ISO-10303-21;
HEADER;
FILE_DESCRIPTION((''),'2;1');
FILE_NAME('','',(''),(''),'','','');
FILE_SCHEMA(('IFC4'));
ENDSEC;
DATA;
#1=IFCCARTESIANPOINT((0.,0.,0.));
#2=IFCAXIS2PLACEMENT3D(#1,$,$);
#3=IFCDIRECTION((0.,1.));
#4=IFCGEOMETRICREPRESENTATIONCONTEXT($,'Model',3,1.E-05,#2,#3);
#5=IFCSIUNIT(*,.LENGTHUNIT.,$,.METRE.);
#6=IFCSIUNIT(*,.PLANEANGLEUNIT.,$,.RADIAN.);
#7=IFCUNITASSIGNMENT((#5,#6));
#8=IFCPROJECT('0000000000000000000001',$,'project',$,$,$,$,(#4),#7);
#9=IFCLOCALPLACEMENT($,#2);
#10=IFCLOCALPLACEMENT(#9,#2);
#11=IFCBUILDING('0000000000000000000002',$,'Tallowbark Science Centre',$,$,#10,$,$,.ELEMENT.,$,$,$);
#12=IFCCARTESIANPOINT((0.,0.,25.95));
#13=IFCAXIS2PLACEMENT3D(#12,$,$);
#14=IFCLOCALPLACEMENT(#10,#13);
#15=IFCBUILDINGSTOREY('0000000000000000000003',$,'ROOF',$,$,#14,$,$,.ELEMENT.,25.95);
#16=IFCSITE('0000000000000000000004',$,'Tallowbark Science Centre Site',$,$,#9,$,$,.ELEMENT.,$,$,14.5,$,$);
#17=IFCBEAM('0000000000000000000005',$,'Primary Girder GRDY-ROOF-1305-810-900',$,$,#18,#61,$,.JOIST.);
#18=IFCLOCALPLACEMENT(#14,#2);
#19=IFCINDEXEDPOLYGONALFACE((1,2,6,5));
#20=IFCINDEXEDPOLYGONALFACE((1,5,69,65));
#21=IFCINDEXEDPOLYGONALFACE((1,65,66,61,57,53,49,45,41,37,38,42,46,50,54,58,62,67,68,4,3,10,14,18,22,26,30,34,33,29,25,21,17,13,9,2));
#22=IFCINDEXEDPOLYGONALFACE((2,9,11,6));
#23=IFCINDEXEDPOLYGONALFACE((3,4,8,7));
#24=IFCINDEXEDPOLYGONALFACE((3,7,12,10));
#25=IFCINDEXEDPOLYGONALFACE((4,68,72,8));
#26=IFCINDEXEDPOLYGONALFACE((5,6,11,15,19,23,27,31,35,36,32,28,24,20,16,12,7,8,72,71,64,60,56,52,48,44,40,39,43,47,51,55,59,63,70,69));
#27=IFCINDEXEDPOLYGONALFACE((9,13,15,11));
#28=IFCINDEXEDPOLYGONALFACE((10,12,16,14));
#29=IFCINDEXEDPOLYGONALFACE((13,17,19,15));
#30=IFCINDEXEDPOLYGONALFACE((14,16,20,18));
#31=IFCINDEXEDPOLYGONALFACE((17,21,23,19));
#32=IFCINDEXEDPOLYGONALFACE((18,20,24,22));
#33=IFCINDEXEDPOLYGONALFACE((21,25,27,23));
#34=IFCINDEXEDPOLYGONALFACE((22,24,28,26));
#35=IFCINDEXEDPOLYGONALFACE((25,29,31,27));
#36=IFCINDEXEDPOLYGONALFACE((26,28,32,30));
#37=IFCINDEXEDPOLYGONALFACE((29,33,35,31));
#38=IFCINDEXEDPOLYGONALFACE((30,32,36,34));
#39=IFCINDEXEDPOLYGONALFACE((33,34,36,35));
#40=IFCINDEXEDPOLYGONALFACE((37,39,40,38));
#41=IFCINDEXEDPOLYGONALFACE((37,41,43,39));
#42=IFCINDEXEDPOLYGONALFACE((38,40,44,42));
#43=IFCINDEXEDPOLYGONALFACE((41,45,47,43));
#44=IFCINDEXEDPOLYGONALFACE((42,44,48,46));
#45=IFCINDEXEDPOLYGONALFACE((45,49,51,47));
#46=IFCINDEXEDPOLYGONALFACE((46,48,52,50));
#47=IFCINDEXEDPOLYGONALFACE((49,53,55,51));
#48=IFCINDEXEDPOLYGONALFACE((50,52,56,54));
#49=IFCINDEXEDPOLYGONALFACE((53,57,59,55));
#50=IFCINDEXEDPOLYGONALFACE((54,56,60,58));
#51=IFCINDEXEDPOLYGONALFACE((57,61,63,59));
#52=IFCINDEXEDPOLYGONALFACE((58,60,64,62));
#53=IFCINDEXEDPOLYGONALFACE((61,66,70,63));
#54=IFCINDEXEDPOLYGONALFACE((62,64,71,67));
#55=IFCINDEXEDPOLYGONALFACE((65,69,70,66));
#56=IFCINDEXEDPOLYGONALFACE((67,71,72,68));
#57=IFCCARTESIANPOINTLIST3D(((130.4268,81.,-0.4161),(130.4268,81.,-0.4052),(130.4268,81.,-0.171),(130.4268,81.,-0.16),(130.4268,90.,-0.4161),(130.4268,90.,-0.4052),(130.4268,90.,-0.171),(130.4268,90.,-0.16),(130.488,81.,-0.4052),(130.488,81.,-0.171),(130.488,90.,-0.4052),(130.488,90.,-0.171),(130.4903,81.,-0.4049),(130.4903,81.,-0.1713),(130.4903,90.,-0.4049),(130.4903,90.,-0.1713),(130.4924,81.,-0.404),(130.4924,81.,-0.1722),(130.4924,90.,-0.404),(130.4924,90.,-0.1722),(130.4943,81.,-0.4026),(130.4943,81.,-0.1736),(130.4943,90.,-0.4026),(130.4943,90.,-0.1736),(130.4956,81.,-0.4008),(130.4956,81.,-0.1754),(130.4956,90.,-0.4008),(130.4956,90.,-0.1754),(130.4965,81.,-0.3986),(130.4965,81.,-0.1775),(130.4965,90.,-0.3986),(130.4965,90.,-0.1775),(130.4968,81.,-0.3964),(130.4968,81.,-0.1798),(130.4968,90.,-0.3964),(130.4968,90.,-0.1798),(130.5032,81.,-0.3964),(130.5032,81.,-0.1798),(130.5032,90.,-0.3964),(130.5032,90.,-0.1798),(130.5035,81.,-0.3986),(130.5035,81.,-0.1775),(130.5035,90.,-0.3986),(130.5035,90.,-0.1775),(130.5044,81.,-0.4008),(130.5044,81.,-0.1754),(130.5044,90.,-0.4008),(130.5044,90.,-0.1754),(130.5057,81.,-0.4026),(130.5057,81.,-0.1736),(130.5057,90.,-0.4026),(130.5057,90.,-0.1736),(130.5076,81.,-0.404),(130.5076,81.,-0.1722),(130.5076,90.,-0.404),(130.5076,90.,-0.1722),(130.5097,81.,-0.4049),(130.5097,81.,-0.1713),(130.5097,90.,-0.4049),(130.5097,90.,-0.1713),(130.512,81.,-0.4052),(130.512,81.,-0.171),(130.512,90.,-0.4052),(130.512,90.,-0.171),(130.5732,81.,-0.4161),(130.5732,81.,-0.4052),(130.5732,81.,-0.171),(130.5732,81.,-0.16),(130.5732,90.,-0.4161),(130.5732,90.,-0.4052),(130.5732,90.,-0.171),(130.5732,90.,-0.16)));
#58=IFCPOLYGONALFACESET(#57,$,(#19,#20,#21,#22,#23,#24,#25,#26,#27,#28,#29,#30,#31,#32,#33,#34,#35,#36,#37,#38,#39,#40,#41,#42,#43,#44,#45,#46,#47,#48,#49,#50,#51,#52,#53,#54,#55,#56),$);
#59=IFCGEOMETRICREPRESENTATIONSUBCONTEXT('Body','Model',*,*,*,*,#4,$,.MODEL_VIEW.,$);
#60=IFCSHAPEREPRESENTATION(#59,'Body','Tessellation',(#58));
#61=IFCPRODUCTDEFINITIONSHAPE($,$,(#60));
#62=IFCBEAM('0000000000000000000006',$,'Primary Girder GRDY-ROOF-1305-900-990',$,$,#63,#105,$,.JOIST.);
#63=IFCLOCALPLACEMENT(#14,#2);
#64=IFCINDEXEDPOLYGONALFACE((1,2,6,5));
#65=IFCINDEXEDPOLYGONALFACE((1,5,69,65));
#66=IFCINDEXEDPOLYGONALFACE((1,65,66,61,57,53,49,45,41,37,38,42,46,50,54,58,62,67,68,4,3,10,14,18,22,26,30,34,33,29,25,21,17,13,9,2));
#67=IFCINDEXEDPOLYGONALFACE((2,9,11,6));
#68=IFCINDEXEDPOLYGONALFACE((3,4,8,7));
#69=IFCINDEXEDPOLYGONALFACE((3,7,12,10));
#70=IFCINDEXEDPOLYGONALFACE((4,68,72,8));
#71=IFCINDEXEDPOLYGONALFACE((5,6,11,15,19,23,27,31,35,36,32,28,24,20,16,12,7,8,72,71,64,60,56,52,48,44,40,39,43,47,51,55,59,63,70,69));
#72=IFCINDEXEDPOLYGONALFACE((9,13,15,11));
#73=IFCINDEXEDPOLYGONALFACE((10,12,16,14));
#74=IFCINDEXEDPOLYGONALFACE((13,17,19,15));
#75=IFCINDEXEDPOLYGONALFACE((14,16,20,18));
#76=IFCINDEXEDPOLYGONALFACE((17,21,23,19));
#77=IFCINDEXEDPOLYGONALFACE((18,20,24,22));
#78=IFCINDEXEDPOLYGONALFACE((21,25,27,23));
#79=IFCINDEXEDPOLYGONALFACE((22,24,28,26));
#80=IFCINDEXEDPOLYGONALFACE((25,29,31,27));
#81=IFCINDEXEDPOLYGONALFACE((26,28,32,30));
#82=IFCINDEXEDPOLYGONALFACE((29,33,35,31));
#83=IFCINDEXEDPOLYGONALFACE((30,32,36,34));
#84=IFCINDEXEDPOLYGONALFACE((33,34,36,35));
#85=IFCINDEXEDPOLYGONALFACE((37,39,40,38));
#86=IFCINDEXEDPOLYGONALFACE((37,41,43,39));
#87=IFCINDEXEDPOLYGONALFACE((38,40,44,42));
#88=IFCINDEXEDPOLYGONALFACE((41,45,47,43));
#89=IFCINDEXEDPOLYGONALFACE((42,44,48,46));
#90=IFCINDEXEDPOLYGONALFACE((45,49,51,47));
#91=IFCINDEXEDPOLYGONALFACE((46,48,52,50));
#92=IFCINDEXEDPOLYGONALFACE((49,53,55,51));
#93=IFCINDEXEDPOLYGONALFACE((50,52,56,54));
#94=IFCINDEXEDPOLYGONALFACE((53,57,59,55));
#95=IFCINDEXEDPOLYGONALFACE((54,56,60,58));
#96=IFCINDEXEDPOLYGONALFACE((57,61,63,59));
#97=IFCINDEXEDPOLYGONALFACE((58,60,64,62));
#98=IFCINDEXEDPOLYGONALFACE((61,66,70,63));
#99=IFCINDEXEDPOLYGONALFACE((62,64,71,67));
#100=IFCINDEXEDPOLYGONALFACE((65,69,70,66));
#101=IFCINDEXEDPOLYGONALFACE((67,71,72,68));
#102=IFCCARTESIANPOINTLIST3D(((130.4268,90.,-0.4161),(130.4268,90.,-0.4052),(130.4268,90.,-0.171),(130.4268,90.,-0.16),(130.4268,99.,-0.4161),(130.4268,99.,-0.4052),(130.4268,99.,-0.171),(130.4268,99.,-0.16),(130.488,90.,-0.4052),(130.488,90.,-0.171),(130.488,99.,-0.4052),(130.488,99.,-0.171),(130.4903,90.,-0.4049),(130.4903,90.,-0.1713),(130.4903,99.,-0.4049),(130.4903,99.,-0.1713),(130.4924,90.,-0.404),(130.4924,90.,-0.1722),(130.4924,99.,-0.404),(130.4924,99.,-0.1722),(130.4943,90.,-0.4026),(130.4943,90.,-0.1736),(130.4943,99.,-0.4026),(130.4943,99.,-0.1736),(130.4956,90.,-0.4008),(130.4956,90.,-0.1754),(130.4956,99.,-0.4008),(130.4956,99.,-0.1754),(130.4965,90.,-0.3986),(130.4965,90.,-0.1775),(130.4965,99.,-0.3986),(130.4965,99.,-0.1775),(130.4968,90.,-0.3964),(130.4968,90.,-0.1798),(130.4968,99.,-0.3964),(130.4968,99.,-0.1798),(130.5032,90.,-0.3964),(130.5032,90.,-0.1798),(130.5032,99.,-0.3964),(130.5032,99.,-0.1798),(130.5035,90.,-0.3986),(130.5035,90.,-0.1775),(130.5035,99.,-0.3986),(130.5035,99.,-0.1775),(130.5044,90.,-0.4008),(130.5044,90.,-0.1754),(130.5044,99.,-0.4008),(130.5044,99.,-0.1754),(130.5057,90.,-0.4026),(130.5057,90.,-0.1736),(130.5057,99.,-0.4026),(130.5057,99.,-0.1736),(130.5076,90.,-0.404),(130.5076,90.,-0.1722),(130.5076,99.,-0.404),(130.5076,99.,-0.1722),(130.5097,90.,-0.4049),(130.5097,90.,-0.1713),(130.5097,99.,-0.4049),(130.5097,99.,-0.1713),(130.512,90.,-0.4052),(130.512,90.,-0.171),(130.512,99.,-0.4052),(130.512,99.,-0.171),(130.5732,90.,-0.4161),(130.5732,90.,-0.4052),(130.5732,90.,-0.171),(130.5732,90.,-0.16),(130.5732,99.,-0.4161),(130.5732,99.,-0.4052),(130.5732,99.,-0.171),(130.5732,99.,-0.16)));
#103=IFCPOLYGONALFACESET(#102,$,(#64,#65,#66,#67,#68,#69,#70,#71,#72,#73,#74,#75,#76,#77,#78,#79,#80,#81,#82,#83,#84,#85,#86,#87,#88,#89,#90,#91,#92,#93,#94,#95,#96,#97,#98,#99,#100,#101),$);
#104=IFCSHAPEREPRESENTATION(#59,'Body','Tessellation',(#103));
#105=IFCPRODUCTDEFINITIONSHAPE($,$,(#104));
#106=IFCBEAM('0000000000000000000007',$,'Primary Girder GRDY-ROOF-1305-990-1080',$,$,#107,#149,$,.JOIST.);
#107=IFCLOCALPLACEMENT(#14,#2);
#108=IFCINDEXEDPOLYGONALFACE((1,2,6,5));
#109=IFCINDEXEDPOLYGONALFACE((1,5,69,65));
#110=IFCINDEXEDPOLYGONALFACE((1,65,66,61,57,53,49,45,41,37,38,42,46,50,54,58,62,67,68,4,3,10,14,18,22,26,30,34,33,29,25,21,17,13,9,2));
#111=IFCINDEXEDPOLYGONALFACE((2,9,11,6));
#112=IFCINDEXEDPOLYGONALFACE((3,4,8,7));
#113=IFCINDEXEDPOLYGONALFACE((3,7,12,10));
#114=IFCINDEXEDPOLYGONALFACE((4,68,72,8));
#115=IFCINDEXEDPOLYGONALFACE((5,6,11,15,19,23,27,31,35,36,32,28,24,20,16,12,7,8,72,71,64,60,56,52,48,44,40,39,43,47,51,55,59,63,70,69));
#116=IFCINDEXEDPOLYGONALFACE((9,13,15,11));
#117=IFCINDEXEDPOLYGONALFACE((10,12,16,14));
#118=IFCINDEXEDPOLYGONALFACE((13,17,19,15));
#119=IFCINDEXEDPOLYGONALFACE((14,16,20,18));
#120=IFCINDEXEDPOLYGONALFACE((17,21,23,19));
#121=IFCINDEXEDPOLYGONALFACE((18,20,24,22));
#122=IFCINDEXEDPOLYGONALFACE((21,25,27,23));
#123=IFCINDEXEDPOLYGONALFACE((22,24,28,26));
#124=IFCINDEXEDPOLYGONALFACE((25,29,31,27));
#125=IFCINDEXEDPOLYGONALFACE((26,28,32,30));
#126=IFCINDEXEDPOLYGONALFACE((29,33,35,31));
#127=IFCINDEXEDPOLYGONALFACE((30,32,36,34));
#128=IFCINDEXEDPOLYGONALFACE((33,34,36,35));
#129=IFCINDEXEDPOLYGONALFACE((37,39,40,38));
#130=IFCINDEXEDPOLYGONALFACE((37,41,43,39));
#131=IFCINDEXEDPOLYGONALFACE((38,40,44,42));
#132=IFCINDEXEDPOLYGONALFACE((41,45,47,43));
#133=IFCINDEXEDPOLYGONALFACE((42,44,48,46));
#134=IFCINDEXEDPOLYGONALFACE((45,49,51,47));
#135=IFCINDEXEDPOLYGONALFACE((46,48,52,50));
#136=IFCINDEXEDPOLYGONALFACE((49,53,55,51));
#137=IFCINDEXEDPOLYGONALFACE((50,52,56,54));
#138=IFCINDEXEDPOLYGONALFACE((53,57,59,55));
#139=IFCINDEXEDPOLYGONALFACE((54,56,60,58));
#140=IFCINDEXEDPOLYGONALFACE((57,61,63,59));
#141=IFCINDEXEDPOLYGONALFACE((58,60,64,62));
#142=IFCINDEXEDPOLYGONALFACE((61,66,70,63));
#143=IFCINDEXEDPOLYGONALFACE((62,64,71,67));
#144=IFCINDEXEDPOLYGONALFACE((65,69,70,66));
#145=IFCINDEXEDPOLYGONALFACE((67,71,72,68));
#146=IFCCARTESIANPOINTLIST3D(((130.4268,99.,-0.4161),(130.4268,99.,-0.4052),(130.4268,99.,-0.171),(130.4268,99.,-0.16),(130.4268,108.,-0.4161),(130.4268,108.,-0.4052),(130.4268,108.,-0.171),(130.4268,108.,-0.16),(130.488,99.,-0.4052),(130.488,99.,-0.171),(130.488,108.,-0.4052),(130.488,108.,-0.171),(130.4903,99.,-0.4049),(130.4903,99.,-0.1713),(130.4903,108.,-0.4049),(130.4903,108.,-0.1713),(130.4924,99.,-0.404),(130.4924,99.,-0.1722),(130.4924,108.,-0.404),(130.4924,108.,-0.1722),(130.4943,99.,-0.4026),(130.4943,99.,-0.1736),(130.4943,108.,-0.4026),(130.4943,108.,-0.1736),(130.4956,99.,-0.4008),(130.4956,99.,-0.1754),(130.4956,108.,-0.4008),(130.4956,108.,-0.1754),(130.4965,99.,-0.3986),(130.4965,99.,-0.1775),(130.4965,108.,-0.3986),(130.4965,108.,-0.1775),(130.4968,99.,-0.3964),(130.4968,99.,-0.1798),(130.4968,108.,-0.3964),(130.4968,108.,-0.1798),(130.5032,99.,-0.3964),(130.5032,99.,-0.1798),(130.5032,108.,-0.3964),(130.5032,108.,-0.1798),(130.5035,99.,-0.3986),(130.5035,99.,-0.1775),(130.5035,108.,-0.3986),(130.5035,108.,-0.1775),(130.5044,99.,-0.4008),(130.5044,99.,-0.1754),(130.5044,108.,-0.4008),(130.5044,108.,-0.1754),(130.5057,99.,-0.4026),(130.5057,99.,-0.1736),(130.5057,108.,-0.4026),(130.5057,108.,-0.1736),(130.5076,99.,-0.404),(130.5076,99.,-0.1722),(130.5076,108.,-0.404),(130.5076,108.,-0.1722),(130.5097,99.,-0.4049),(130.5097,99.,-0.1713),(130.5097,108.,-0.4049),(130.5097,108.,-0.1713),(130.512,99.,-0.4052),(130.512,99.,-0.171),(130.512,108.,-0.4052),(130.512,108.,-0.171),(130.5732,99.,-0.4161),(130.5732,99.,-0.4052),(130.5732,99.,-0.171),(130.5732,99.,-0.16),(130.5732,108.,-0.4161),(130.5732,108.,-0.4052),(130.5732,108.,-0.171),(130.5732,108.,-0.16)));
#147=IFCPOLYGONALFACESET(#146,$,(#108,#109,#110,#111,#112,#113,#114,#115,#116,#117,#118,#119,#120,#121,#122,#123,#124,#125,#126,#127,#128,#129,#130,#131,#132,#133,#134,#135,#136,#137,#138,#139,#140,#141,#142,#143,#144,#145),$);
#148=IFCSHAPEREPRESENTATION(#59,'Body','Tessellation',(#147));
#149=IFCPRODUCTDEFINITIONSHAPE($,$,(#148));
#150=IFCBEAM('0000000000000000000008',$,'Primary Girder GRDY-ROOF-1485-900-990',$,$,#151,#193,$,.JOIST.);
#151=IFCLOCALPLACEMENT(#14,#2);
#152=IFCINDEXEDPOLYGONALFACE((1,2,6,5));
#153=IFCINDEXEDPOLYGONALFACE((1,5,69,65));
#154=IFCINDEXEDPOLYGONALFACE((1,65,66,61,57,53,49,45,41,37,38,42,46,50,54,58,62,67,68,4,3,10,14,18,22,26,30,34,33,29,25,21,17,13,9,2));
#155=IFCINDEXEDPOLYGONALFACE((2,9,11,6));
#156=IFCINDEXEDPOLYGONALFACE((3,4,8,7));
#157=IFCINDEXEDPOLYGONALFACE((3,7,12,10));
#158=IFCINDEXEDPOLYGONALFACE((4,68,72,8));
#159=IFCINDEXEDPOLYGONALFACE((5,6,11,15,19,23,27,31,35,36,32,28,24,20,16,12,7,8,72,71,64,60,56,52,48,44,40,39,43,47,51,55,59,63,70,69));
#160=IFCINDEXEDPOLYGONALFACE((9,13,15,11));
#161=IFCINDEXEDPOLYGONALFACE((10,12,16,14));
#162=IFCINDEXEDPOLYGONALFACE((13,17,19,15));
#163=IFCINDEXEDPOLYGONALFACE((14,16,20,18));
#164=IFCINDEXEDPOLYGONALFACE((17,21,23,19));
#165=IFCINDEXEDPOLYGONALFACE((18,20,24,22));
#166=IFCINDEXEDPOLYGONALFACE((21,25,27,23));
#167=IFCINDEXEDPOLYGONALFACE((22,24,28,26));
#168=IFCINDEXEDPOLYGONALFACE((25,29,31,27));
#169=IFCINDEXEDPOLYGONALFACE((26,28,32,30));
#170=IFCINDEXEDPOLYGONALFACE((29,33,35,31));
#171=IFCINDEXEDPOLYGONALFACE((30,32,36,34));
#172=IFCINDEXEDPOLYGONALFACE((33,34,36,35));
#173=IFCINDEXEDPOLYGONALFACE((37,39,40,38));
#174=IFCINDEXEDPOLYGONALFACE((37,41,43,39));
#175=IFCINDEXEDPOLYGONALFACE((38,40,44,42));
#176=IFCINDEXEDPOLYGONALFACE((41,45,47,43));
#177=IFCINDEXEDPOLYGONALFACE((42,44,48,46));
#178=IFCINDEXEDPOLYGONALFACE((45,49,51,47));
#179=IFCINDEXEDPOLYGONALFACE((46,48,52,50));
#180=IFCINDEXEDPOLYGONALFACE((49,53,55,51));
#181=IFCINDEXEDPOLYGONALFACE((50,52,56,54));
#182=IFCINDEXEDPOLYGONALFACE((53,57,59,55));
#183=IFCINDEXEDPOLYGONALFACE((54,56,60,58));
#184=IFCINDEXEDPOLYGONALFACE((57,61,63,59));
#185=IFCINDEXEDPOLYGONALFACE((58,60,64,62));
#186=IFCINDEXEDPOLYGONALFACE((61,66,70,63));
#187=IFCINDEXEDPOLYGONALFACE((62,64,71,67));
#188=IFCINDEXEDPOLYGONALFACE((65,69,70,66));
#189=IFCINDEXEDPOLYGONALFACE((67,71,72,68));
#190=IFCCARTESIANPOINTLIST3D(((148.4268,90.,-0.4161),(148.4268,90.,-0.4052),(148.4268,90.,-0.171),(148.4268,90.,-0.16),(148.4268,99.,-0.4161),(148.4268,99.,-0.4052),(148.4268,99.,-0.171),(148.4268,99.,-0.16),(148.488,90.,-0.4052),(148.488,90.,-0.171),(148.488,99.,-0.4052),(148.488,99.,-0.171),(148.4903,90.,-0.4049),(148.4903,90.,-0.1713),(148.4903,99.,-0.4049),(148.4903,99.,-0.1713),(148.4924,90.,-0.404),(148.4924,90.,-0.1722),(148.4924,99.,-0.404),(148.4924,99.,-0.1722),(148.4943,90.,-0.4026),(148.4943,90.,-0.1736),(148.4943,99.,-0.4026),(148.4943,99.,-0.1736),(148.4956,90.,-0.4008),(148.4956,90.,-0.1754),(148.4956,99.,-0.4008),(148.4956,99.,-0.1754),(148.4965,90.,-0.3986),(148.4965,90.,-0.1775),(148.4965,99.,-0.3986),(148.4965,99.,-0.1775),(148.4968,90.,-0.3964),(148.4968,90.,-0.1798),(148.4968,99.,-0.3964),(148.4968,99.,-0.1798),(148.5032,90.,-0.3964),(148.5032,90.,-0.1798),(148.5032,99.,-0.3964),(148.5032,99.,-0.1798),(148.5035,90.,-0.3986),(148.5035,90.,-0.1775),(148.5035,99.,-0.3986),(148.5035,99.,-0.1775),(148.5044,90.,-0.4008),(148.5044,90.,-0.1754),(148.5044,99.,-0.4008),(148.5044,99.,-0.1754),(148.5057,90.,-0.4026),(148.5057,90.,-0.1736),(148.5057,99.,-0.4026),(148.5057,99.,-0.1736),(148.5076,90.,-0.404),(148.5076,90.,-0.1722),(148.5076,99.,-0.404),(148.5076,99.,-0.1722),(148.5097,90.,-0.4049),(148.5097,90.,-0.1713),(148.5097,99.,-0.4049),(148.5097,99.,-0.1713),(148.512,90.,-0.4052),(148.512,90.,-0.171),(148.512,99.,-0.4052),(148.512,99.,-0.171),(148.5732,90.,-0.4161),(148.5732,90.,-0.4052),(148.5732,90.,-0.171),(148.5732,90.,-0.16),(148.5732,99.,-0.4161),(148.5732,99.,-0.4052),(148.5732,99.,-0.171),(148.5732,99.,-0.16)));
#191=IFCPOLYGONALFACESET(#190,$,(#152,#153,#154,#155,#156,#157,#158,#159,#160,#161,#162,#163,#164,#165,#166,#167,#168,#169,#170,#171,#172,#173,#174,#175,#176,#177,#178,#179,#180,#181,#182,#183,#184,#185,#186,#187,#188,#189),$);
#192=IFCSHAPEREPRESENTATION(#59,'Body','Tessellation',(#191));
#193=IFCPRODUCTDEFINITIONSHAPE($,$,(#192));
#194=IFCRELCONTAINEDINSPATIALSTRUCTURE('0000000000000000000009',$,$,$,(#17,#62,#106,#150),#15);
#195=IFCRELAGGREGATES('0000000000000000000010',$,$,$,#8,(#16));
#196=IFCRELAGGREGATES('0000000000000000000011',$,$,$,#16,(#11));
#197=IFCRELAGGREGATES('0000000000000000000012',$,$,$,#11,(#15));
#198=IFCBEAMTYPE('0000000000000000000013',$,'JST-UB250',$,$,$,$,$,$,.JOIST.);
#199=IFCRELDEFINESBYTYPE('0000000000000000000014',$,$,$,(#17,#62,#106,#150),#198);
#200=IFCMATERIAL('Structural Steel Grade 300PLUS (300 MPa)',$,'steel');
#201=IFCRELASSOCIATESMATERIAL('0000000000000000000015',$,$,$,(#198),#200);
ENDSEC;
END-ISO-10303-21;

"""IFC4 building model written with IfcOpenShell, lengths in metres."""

from ifc_helpers import new_model, si_unit, direction, frame, origin, origin_2d, place, context, subcontext, project, spatial, i_section, extrude, material, material_profile, profile_set, type_object, element, save


model = new_model("IFC4")

# Units and contexts
model_context = context("Model", 3, precision=1e-05, world=origin(), true_north=direction((0.0, 1.0)))
body_context = subcontext(model_context, "Body", "Model", "MODEL_VIEW")
ifc_project = project(units=[si_unit("LENGTHUNIT", "METRE"), si_unit("PLANEANGLEUNIT", "RADIAN")], contexts=[model_context])

# Site, building, storey
site_placement = place(None, origin())
site = spatial("IfcSite", under=ifc_project, at=site_placement, Name="Tallowbark Science Centre Site", CompositionType="ELEMENT", RefElevation=14.5)
building_placement = place(site_placement, origin())
building = spatial("IfcBuilding", under=site, at=building_placement, Name="Tallowbark Science Centre", CompositionType="ELEMENT")
storey_placement = place(building_placement, frame((0.0, 0.0, 25.95)))
storey = spatial("IfcBuildingStorey", under=building, at=storey_placement, Name="ROOF", CompositionType="ELEMENT", Elevation=25.95)

# Beams
ifc_material_1 = material(Name="Structural Steel Grade 300PLUS (300 MPa)", Category="steel")
ifc_material_profile_1 = material_profile(ifc_material_1, i_section(OverallWidth=0.1465, OverallDepth=0.2561, WebThickness=0.0063, FlangeThickness=0.011, FilletRadius=0.0088, at=origin_2d()), Name="250UB37.3")
ifc_profile_set_1 = profile_set([ifc_material_profile_1], Name="Structural Steel Grade 300PLUS (300 MPa)")
beam_type_1 = type_object("IfcBeamType", Name="JST-UB250", PredefinedType="JOIST", material=ifc_profile_set_1)
for number, where, z_axis, x_axis, name in (
    (1, (130.5, 81.0, -0.2881), (0.0, 1.0, 0.0), (-1.0, 0.0, 0.0), "Primary Girder GRDY-ROOF-1305-810-900"),
    (2, (130.5, 90.0, -0.2881), (0.0, 1.0, 0.0), (-1.0, 0.0, 0.0), "Primary Girder GRDY-ROOF-1305-900-990"),
    (3, (130.5, 99.0, -0.2881), (0.0, 1.0, 0.0), (-1.0, 0.0, 0.0), "Primary Girder GRDY-ROOF-1305-990-1080"),
    (4, (148.5, 90.0, -0.2881), (0.0, 1.0, 0.0), (-1.0, 0.0, 0.0), "Primary Girder GRDY-ROOF-1485-900-990"),
):
    element("IfcBeam", number, at=place(storey_placement, frame(where, z_axis=z_axis, x_axis=x_axis)), inside=storey, type_object=beam_type_1, Name=name, PredefinedType="JOIST", context=body_context, shape_type="SweptSolid", body=[
        extrude(i_section(OverallWidth=0.1465, OverallDepth=0.2561, WebThickness=0.0063, FlangeThickness=0.011, FilletRadius=0.0088, at=origin_2d()), origin(), (0.0, 0.0, 1.0), 9.0),
    ])

save(model, "model.ifc")
